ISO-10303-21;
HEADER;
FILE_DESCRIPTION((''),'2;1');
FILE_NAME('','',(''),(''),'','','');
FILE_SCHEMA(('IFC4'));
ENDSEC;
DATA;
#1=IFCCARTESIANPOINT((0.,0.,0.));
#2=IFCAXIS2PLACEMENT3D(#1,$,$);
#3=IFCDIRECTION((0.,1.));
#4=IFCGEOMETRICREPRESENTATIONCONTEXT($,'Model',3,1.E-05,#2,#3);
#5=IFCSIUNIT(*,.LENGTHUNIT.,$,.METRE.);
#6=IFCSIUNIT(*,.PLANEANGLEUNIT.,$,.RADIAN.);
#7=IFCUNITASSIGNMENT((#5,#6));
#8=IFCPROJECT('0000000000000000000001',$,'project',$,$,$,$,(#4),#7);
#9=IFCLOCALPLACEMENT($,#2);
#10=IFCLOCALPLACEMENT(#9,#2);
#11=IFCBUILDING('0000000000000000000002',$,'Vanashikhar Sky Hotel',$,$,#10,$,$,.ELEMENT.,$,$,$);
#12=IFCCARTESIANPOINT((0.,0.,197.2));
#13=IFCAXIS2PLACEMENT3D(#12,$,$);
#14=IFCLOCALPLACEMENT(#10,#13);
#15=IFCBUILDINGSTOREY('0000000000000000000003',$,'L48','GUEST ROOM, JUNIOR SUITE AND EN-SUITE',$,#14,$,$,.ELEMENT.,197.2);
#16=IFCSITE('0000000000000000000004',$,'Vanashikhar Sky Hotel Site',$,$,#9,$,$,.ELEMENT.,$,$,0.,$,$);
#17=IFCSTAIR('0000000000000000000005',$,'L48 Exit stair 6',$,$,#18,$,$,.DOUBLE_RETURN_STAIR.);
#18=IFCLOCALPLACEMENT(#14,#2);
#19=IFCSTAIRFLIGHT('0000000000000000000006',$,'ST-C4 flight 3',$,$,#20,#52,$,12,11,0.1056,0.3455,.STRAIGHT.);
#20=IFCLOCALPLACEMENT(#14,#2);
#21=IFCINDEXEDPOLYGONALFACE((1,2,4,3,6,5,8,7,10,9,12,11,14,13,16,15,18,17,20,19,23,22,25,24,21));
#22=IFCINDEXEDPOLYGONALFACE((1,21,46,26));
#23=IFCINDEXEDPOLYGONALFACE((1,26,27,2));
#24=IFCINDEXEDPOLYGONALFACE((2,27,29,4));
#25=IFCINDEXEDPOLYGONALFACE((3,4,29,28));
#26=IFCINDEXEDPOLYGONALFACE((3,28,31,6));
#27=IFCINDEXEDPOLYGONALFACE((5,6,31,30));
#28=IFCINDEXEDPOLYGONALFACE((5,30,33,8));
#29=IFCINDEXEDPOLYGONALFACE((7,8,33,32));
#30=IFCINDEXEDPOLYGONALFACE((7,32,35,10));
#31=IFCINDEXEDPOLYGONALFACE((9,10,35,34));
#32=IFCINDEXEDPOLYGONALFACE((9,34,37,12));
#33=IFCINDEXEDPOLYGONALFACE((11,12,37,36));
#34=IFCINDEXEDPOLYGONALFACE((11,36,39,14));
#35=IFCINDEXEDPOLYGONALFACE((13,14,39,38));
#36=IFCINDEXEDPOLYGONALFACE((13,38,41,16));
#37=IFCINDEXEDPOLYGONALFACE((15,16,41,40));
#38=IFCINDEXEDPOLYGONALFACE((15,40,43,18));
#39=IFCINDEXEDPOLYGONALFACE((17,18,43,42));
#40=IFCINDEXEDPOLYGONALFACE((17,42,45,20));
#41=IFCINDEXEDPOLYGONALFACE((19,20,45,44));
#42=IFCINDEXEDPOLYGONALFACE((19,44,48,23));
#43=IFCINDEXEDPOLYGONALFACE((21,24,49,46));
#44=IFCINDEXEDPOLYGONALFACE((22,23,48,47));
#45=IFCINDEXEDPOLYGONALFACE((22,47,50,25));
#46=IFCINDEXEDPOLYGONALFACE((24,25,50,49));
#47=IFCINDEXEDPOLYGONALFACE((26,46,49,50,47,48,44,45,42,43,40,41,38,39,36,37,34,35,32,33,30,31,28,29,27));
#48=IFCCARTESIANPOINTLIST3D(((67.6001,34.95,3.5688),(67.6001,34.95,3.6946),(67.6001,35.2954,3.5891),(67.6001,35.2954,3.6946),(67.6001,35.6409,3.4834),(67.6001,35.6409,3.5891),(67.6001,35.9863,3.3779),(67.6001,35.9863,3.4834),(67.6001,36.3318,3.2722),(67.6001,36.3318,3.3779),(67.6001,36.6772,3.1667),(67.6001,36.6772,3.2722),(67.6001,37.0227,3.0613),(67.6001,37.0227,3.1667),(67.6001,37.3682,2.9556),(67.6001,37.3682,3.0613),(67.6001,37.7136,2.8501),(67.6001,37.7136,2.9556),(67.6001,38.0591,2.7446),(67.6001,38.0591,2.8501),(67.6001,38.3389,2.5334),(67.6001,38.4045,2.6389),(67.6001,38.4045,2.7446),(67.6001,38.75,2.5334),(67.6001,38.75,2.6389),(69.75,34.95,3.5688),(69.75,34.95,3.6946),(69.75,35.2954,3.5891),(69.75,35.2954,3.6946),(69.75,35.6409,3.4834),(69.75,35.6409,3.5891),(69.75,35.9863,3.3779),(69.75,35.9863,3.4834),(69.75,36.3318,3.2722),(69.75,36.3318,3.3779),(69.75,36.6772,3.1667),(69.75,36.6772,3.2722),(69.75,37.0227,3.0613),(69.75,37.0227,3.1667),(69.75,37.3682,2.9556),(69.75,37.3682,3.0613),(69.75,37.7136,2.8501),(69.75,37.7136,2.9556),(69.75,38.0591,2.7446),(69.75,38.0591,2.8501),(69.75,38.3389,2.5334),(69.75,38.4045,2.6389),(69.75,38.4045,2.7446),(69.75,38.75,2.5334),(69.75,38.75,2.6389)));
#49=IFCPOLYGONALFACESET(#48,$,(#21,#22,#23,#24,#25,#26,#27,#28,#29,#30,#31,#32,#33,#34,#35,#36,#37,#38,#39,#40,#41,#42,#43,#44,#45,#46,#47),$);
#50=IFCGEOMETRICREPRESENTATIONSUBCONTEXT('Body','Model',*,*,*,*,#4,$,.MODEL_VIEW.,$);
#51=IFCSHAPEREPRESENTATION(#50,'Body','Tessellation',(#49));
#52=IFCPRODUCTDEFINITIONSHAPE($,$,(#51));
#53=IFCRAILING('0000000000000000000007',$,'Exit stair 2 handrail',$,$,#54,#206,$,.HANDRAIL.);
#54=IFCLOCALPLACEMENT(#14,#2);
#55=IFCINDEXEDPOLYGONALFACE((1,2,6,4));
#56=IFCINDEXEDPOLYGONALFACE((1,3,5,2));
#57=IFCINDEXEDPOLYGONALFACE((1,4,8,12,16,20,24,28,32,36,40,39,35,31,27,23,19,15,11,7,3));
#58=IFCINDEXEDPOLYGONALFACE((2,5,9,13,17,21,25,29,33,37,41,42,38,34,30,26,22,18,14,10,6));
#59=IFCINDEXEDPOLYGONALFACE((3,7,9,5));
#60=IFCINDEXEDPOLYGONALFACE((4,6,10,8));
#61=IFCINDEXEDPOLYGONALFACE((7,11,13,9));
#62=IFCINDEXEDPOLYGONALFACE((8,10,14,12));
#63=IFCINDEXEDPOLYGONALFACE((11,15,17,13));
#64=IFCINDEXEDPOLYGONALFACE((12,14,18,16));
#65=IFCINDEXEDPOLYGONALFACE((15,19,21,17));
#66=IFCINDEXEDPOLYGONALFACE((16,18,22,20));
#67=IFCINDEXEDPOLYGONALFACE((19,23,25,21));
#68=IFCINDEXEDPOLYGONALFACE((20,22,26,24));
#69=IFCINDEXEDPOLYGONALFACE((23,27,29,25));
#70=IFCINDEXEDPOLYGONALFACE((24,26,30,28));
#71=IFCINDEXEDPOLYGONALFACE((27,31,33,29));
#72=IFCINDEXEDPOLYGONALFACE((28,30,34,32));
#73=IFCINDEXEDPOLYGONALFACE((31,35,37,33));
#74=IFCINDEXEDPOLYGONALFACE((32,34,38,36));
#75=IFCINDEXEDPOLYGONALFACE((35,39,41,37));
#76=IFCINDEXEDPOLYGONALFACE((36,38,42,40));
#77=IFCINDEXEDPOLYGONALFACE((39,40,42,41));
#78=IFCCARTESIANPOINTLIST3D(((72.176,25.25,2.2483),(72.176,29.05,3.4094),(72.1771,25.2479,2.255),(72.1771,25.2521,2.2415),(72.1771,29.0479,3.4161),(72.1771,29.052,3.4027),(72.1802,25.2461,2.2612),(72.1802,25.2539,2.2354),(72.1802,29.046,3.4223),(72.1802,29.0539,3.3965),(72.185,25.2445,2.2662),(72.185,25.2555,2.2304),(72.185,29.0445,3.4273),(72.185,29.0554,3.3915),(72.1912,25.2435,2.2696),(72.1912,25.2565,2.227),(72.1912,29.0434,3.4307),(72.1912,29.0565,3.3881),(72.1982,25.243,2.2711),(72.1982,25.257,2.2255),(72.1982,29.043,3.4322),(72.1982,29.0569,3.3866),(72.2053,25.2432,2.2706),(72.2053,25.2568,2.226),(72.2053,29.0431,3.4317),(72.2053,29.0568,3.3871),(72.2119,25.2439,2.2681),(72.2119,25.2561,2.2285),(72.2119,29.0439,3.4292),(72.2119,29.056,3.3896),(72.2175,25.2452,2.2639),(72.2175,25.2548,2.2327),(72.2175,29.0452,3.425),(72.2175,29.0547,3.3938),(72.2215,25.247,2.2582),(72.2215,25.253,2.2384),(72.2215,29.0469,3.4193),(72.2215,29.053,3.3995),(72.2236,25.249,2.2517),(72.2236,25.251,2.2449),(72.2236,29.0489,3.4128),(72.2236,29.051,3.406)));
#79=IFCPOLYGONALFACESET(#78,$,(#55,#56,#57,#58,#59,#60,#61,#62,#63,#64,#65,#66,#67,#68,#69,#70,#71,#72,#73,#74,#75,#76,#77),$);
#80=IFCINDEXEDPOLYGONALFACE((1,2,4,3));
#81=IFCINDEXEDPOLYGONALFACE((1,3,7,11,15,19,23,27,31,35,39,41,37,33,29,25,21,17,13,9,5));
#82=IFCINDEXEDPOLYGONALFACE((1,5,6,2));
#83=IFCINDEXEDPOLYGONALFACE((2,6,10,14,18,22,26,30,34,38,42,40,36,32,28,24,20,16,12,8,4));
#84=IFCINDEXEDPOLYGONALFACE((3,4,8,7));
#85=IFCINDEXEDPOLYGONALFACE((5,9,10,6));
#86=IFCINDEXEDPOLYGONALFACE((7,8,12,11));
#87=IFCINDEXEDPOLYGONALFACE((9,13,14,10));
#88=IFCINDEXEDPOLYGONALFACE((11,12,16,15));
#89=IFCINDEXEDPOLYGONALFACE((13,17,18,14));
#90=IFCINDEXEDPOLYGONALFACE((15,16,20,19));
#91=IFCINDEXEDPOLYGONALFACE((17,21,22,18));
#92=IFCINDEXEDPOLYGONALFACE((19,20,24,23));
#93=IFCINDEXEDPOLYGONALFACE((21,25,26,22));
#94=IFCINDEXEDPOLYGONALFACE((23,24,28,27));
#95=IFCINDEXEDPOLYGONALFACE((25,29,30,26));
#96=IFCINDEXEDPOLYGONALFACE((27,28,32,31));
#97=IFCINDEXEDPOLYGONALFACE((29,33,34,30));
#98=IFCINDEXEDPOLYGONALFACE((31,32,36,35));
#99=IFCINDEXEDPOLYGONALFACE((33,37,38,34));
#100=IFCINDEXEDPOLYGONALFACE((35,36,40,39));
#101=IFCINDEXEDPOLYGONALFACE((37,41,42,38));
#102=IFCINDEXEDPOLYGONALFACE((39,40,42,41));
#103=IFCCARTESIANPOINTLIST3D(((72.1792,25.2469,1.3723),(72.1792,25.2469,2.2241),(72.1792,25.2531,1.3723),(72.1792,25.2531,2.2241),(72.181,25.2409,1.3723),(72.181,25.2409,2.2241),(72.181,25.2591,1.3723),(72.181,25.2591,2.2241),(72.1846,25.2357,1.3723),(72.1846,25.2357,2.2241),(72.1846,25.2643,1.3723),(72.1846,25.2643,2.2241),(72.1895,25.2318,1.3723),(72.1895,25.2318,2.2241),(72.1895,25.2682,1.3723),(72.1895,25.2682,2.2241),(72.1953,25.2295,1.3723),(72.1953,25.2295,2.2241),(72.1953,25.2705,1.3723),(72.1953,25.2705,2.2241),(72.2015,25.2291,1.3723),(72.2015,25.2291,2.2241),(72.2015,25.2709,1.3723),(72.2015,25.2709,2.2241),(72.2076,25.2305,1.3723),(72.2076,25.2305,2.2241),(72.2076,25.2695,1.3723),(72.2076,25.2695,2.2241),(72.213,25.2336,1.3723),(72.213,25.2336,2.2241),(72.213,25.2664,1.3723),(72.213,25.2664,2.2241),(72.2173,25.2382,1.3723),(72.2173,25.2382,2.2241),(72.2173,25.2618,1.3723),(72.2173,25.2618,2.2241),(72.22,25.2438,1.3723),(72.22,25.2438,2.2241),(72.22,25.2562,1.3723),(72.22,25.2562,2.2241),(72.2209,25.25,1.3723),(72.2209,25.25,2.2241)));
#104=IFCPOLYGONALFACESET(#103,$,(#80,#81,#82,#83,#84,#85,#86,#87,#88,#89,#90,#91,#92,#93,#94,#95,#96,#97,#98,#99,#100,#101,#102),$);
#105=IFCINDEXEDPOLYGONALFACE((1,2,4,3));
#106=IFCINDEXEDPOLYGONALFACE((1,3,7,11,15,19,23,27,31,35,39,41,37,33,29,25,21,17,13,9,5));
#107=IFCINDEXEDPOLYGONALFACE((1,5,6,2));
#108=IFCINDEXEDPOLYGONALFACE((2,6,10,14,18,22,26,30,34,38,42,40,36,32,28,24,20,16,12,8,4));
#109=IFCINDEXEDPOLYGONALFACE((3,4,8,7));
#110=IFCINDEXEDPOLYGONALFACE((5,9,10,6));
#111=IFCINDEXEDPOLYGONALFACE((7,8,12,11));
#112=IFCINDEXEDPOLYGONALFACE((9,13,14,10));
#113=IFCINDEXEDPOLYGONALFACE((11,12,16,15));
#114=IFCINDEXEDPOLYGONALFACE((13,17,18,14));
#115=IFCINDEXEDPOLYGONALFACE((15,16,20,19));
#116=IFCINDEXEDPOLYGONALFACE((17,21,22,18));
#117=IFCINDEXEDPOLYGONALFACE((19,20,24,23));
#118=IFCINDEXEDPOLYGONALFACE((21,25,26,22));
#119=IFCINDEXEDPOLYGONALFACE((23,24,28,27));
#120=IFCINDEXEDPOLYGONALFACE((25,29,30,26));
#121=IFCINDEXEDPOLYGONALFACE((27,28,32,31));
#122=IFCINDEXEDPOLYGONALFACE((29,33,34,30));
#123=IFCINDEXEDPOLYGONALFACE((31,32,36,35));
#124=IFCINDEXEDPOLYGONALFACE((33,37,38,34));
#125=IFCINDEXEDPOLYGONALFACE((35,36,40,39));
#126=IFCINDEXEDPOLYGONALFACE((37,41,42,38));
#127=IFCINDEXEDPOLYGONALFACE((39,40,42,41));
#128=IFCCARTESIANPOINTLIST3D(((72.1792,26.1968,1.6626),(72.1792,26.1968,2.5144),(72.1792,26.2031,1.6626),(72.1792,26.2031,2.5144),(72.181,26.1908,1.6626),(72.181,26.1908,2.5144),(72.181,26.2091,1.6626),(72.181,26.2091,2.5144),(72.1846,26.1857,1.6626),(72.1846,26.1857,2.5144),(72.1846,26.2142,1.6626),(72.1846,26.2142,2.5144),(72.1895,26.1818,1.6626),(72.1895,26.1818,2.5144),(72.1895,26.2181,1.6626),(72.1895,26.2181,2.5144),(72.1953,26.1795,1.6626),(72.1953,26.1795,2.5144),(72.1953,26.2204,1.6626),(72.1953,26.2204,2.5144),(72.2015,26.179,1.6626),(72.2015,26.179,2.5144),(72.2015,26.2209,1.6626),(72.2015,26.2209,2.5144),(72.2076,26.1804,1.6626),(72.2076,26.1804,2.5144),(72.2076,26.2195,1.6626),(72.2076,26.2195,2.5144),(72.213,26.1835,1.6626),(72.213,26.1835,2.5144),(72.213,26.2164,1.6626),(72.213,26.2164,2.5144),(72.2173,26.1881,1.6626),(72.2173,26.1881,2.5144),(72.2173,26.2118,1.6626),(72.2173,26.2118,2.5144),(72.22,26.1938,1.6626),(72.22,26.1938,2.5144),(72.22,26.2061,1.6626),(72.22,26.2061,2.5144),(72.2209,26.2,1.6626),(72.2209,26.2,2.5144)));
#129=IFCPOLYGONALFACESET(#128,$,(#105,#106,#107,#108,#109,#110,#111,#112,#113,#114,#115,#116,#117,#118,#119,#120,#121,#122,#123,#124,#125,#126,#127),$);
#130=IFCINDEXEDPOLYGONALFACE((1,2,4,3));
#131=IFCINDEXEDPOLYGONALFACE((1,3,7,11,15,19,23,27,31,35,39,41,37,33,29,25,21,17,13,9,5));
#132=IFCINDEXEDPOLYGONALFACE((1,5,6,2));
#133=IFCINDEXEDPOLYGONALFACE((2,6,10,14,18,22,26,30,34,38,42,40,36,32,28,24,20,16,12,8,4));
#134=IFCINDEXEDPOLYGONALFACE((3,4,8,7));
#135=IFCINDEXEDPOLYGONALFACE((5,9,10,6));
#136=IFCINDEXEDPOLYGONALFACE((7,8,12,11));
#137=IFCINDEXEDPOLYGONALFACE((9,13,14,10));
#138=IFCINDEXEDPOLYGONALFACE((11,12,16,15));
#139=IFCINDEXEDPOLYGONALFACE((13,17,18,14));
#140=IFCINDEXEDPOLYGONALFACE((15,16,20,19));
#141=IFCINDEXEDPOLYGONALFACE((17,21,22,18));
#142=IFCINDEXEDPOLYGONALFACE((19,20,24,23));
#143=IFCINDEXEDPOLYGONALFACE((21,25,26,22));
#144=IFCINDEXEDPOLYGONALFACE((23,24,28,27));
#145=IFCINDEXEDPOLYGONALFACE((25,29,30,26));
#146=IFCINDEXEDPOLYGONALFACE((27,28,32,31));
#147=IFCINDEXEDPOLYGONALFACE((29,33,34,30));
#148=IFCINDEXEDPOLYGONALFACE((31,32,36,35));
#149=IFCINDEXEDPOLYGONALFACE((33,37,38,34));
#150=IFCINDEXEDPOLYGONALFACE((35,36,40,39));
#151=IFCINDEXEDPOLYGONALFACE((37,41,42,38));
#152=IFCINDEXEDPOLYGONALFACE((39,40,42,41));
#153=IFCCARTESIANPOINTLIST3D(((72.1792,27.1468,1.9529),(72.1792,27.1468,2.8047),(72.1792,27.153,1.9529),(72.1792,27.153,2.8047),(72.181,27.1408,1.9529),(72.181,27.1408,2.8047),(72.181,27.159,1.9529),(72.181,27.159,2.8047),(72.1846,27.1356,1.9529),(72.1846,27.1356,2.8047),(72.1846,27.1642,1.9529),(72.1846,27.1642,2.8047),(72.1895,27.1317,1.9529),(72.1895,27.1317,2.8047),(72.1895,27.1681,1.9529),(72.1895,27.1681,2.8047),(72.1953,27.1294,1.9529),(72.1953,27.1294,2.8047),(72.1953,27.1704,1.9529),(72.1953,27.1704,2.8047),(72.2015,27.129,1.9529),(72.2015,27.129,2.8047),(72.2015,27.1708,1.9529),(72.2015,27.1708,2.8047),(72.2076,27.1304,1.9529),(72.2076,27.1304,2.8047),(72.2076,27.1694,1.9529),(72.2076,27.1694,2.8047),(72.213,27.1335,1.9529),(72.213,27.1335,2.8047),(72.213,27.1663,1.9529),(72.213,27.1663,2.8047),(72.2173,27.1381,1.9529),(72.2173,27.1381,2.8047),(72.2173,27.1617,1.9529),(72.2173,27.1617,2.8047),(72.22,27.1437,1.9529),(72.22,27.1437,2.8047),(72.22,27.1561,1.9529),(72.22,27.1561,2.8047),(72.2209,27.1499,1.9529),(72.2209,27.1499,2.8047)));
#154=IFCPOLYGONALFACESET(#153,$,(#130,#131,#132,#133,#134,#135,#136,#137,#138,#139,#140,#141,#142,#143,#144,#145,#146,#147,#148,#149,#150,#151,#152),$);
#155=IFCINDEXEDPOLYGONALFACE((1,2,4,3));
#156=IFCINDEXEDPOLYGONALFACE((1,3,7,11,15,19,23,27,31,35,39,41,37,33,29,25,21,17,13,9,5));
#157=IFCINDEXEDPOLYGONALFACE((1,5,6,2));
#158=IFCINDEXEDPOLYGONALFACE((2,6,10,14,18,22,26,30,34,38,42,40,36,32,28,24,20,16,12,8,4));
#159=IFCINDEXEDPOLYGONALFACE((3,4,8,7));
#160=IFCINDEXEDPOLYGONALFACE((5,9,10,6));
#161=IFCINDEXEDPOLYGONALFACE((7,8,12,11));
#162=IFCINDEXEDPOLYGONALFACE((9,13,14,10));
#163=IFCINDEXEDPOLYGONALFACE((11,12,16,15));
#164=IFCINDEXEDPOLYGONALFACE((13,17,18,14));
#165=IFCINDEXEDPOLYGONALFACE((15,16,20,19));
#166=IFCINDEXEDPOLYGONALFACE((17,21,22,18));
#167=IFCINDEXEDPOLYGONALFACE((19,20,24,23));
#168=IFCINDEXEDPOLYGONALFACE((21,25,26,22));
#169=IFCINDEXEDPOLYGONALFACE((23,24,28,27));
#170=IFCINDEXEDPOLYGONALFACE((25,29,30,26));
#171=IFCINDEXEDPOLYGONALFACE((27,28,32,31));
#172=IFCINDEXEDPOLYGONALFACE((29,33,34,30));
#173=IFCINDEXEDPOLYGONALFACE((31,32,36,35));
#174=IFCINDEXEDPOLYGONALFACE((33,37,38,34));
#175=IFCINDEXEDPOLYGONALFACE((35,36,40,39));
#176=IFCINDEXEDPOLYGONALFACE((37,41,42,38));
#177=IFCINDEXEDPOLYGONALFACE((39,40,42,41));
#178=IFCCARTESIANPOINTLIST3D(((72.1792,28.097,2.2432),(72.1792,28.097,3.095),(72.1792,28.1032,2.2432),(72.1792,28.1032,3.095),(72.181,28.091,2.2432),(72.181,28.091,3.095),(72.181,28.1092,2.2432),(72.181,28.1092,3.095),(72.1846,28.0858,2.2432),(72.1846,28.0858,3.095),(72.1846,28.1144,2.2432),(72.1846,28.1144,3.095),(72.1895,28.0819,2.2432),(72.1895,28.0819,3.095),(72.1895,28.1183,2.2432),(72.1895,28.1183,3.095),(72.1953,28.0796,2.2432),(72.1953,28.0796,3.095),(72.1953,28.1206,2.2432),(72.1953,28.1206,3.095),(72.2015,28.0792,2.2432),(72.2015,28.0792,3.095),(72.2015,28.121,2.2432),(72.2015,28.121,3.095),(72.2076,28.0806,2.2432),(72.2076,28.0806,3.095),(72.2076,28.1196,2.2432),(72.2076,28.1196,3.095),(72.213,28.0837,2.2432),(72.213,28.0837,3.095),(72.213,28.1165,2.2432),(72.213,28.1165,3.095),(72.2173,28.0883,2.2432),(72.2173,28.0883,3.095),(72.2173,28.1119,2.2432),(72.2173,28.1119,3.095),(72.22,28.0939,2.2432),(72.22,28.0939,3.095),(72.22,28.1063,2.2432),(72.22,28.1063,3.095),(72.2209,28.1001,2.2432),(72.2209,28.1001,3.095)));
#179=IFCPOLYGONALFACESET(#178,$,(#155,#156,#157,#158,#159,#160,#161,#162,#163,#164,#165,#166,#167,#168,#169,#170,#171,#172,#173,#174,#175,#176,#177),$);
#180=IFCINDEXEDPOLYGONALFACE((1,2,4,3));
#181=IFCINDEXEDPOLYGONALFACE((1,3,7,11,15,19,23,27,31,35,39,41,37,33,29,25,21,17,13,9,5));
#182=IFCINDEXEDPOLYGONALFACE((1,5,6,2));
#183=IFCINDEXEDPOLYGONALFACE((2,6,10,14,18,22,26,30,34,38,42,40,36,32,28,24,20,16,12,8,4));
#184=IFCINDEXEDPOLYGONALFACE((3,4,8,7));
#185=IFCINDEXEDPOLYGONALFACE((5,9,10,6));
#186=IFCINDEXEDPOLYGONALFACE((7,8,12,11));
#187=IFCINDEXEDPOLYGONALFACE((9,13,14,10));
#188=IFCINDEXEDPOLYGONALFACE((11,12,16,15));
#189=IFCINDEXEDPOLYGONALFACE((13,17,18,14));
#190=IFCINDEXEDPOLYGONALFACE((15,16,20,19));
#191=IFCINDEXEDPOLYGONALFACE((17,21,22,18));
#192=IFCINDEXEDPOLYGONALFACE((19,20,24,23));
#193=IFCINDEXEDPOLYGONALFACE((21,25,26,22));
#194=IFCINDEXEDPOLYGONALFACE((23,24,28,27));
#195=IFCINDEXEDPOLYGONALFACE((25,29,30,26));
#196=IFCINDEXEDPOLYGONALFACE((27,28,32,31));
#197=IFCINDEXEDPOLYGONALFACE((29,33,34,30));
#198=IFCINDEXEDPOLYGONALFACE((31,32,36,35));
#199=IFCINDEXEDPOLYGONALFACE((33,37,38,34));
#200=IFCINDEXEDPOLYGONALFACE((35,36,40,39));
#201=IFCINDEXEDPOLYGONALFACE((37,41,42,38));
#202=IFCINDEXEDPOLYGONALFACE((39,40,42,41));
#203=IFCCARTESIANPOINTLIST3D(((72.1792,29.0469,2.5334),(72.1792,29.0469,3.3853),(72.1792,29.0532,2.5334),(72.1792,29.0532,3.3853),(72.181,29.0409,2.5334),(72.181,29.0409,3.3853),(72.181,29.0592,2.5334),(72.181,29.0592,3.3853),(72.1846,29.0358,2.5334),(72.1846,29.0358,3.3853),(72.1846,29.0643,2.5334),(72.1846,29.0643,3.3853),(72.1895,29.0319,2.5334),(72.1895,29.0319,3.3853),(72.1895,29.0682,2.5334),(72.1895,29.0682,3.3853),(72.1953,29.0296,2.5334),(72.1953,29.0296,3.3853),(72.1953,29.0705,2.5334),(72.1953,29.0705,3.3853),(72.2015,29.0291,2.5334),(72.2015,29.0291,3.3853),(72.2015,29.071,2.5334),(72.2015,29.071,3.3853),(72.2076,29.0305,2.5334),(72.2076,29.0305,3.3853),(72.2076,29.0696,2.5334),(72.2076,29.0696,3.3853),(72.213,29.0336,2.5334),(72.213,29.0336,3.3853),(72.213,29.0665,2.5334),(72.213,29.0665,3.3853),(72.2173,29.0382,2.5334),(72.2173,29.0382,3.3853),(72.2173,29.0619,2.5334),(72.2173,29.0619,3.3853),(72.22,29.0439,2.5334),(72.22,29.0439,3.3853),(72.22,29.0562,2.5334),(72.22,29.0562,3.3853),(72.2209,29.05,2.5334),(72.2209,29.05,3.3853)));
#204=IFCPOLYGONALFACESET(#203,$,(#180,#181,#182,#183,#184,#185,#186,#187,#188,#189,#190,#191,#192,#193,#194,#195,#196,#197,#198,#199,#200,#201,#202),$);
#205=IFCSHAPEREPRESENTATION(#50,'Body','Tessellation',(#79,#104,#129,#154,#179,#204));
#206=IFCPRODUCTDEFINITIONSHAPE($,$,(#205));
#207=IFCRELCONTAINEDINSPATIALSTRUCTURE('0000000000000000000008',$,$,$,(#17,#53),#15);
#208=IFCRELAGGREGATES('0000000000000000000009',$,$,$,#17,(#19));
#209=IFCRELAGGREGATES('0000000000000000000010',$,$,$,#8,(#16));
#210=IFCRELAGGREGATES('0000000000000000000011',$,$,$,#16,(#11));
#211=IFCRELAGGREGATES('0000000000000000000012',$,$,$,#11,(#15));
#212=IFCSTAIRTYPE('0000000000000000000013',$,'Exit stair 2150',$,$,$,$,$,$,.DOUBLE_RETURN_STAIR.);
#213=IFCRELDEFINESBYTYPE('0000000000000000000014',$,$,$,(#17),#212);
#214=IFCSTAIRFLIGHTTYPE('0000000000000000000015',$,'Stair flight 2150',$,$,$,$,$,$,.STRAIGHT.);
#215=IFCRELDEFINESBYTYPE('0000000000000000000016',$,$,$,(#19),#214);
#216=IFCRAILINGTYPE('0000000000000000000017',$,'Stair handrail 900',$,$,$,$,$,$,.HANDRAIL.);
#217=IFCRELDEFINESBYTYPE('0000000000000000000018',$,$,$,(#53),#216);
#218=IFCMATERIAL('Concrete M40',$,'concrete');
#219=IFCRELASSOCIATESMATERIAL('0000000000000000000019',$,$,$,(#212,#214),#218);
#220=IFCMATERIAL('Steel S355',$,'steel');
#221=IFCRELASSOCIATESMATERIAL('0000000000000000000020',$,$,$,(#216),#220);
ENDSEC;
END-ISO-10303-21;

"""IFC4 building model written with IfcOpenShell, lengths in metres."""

from ifc_helpers import new_model, si_unit, direction, frame, origin, origin_2d, place, context, subcontext, project, spatial, polyline, circle, outline, extrude, source, transform, mapped, material, type_object, element, aggregate, save


model = new_model("IFC4")

# Units and contexts
model_context = context("Model", 3, precision=1e-05, world=origin(), true_north=direction((0.0, 1.0)))
body_context = subcontext(model_context, "Body", "Model", "MODEL_VIEW")
ifc_project = project(units=[si_unit("LENGTHUNIT", "METRE"), si_unit("PLANEANGLEUNIT", "RADIAN")], contexts=[model_context])

# Site, building, storey
site_placement = place(None, origin())
site = spatial("IfcSite", under=ifc_project, at=site_placement, Name="Vanashikhar Sky Hotel Site", CompositionType="ELEMENT", RefElevation=0.0)
building_placement = place(site_placement, origin())
building = spatial("IfcBuilding", under=site, at=building_placement, Name="Vanashikhar Sky Hotel", CompositionType="ELEMENT")
storey_placement = place(building_placement, frame((0.0, 0.0, 197.2)))
storey = spatial("IfcBuildingStorey", under=building, at=storey_placement, Name="L48", Description="GUEST ROOM, JUNIOR SUITE AND EN-SUITE", CompositionType="ELEMENT", Elevation=197.2)

# Shared definitions
ifc_material_1 = material(Name="Concrete M40", Category="concrete")

# Stair, stair flight
stair_type = type_object("IfcStairType", Name="Exit stair 2150", PredefinedType="DOUBLE_RETURN_STAIR", material=ifc_material_1)
stair_flight_type = type_object("IfcStairFlightType", Name="Stair flight 2150", PredefinedType="STRAIGHT", material=ifc_material_1)
shared_shape_1 = source(origin(), body_context, "Body", "SweptSolid", [
    extrude(outline(polyline([(0.0, 0.0), (0.0, 0.1055), (0.3455, 0.1055), (0.3455, 0.2112), (0.6909, 0.2112), (0.6909, 0.3167), (1.0364, 0.3167), (1.0364, 0.4221), (1.3818, 0.4221), (1.3818, 0.5278), (1.7273, 0.5278), (1.7273, 0.6333), (2.0728, 0.6333), (2.0728, 0.7388), (2.4182, 0.7388), (2.4182, 0.8445), (2.7637, 0.8445), (2.7637, 0.95), (3.1091, 0.95), (3.1091, 1.0557), (3.4546, 1.0557), (3.4546, 1.1611), (3.8, 1.1611), (3.8, 1.2666), (3.8, 1.0354), (0.4111, 0.0), (0.0, 0.0)])), frame((0.0, 1.075, 0.0), z_axis=(0.0, -1.0, 0.0), x_axis=(1.0, 0.0, 0.0)), (0.0, 0.0, 1.0), 2.1499),
])
stair_1_placement = place(storey_placement, origin())
stair_1 = element("IfcStair", 1, at=stair_1_placement, inside=storey, type_object=stair_type, Name="L48 Exit stair 6", PredefinedType="DOUBLE_RETURN_STAIR")
stair_flight_1_placement = place(storey_placement, frame((68.675, 38.75, 2.5334), z_axis=(0.0, 0.0, 1.0), x_axis=(0.0, -1.0, 0.0)))
stair_flight_1 = element("IfcStairFlight", 2, at=stair_flight_1_placement, type_object=stair_flight_type, Name="ST-C4 flight 3", NumberOfRisers=12, NumberOfTreads=11, PredefinedType="STRAIGHT", RiserHeight=0.1056, TreadLength=0.3455, context=body_context, shape_type="MappedRepresentation", body=[
    mapped(shared_shape_1, transform((0.0, 0.0, 0.0), scale=1.0)),
])
aggregate(stair_1, [stair_flight_1])

# Railing
ifc_material_2 = material(Name="Steel S355", Category="steel")
railing_type_1 = type_object("IfcRailingType", Name="Stair handrail 900", PredefinedType="HANDRAIL", material=ifc_material_2)
shared_shape_2 = source(origin(), body_context, "Body", "SweptSolid", [
    extrude(circle(Radius=0.0239, at=origin_2d()), frame((0.0, 0.0, 0.876), z_axis=(0.0, 0.956351, 0.29222), x_axis=(-1.0, 0.0, 0.0)), (0.0, 0.0, 1.0), 3.9734),
    extrude(circle(Radius=0.021, at=origin_2d()), origin(), (0.0, 0.0, 1.0), 0.8518),
    extrude(circle(Radius=0.021, at=origin_2d()), frame((0.0, 0.95, 0.2903)), (0.0, 0.0, 1.0), 0.8518),
    extrude(circle(Radius=0.021, at=origin_2d()), frame((0.0, 1.8999, 0.5806)), (0.0, 0.0, 1.0), 0.8518),
    extrude(circle(Radius=0.021, at=origin_2d()), frame((0.0, 2.8501, 0.8708)), (0.0, 0.0, 1.0), 0.8518),
    extrude(circle(Radius=0.021, at=origin_2d()), frame((0.0, 3.8, 1.1611)), (0.0, 0.0, 1.0), 0.8518),
])
for number, where, name in (
    (3, (72.2, 25.25, 1.3723), "Exit stair 2 handrail"),
):
    element("IfcRailing", number, at=place(storey_placement, frame(where)), inside=storey, type_object=railing_type_1, Name=name, PredefinedType="HANDRAIL", context=body_context, shape_type="MappedRepresentation", body=[
        mapped(shared_shape_2, transform((0.0, 0.0, 0.0), scale=1.0)),
    ])

save(model, "model.ifc")
